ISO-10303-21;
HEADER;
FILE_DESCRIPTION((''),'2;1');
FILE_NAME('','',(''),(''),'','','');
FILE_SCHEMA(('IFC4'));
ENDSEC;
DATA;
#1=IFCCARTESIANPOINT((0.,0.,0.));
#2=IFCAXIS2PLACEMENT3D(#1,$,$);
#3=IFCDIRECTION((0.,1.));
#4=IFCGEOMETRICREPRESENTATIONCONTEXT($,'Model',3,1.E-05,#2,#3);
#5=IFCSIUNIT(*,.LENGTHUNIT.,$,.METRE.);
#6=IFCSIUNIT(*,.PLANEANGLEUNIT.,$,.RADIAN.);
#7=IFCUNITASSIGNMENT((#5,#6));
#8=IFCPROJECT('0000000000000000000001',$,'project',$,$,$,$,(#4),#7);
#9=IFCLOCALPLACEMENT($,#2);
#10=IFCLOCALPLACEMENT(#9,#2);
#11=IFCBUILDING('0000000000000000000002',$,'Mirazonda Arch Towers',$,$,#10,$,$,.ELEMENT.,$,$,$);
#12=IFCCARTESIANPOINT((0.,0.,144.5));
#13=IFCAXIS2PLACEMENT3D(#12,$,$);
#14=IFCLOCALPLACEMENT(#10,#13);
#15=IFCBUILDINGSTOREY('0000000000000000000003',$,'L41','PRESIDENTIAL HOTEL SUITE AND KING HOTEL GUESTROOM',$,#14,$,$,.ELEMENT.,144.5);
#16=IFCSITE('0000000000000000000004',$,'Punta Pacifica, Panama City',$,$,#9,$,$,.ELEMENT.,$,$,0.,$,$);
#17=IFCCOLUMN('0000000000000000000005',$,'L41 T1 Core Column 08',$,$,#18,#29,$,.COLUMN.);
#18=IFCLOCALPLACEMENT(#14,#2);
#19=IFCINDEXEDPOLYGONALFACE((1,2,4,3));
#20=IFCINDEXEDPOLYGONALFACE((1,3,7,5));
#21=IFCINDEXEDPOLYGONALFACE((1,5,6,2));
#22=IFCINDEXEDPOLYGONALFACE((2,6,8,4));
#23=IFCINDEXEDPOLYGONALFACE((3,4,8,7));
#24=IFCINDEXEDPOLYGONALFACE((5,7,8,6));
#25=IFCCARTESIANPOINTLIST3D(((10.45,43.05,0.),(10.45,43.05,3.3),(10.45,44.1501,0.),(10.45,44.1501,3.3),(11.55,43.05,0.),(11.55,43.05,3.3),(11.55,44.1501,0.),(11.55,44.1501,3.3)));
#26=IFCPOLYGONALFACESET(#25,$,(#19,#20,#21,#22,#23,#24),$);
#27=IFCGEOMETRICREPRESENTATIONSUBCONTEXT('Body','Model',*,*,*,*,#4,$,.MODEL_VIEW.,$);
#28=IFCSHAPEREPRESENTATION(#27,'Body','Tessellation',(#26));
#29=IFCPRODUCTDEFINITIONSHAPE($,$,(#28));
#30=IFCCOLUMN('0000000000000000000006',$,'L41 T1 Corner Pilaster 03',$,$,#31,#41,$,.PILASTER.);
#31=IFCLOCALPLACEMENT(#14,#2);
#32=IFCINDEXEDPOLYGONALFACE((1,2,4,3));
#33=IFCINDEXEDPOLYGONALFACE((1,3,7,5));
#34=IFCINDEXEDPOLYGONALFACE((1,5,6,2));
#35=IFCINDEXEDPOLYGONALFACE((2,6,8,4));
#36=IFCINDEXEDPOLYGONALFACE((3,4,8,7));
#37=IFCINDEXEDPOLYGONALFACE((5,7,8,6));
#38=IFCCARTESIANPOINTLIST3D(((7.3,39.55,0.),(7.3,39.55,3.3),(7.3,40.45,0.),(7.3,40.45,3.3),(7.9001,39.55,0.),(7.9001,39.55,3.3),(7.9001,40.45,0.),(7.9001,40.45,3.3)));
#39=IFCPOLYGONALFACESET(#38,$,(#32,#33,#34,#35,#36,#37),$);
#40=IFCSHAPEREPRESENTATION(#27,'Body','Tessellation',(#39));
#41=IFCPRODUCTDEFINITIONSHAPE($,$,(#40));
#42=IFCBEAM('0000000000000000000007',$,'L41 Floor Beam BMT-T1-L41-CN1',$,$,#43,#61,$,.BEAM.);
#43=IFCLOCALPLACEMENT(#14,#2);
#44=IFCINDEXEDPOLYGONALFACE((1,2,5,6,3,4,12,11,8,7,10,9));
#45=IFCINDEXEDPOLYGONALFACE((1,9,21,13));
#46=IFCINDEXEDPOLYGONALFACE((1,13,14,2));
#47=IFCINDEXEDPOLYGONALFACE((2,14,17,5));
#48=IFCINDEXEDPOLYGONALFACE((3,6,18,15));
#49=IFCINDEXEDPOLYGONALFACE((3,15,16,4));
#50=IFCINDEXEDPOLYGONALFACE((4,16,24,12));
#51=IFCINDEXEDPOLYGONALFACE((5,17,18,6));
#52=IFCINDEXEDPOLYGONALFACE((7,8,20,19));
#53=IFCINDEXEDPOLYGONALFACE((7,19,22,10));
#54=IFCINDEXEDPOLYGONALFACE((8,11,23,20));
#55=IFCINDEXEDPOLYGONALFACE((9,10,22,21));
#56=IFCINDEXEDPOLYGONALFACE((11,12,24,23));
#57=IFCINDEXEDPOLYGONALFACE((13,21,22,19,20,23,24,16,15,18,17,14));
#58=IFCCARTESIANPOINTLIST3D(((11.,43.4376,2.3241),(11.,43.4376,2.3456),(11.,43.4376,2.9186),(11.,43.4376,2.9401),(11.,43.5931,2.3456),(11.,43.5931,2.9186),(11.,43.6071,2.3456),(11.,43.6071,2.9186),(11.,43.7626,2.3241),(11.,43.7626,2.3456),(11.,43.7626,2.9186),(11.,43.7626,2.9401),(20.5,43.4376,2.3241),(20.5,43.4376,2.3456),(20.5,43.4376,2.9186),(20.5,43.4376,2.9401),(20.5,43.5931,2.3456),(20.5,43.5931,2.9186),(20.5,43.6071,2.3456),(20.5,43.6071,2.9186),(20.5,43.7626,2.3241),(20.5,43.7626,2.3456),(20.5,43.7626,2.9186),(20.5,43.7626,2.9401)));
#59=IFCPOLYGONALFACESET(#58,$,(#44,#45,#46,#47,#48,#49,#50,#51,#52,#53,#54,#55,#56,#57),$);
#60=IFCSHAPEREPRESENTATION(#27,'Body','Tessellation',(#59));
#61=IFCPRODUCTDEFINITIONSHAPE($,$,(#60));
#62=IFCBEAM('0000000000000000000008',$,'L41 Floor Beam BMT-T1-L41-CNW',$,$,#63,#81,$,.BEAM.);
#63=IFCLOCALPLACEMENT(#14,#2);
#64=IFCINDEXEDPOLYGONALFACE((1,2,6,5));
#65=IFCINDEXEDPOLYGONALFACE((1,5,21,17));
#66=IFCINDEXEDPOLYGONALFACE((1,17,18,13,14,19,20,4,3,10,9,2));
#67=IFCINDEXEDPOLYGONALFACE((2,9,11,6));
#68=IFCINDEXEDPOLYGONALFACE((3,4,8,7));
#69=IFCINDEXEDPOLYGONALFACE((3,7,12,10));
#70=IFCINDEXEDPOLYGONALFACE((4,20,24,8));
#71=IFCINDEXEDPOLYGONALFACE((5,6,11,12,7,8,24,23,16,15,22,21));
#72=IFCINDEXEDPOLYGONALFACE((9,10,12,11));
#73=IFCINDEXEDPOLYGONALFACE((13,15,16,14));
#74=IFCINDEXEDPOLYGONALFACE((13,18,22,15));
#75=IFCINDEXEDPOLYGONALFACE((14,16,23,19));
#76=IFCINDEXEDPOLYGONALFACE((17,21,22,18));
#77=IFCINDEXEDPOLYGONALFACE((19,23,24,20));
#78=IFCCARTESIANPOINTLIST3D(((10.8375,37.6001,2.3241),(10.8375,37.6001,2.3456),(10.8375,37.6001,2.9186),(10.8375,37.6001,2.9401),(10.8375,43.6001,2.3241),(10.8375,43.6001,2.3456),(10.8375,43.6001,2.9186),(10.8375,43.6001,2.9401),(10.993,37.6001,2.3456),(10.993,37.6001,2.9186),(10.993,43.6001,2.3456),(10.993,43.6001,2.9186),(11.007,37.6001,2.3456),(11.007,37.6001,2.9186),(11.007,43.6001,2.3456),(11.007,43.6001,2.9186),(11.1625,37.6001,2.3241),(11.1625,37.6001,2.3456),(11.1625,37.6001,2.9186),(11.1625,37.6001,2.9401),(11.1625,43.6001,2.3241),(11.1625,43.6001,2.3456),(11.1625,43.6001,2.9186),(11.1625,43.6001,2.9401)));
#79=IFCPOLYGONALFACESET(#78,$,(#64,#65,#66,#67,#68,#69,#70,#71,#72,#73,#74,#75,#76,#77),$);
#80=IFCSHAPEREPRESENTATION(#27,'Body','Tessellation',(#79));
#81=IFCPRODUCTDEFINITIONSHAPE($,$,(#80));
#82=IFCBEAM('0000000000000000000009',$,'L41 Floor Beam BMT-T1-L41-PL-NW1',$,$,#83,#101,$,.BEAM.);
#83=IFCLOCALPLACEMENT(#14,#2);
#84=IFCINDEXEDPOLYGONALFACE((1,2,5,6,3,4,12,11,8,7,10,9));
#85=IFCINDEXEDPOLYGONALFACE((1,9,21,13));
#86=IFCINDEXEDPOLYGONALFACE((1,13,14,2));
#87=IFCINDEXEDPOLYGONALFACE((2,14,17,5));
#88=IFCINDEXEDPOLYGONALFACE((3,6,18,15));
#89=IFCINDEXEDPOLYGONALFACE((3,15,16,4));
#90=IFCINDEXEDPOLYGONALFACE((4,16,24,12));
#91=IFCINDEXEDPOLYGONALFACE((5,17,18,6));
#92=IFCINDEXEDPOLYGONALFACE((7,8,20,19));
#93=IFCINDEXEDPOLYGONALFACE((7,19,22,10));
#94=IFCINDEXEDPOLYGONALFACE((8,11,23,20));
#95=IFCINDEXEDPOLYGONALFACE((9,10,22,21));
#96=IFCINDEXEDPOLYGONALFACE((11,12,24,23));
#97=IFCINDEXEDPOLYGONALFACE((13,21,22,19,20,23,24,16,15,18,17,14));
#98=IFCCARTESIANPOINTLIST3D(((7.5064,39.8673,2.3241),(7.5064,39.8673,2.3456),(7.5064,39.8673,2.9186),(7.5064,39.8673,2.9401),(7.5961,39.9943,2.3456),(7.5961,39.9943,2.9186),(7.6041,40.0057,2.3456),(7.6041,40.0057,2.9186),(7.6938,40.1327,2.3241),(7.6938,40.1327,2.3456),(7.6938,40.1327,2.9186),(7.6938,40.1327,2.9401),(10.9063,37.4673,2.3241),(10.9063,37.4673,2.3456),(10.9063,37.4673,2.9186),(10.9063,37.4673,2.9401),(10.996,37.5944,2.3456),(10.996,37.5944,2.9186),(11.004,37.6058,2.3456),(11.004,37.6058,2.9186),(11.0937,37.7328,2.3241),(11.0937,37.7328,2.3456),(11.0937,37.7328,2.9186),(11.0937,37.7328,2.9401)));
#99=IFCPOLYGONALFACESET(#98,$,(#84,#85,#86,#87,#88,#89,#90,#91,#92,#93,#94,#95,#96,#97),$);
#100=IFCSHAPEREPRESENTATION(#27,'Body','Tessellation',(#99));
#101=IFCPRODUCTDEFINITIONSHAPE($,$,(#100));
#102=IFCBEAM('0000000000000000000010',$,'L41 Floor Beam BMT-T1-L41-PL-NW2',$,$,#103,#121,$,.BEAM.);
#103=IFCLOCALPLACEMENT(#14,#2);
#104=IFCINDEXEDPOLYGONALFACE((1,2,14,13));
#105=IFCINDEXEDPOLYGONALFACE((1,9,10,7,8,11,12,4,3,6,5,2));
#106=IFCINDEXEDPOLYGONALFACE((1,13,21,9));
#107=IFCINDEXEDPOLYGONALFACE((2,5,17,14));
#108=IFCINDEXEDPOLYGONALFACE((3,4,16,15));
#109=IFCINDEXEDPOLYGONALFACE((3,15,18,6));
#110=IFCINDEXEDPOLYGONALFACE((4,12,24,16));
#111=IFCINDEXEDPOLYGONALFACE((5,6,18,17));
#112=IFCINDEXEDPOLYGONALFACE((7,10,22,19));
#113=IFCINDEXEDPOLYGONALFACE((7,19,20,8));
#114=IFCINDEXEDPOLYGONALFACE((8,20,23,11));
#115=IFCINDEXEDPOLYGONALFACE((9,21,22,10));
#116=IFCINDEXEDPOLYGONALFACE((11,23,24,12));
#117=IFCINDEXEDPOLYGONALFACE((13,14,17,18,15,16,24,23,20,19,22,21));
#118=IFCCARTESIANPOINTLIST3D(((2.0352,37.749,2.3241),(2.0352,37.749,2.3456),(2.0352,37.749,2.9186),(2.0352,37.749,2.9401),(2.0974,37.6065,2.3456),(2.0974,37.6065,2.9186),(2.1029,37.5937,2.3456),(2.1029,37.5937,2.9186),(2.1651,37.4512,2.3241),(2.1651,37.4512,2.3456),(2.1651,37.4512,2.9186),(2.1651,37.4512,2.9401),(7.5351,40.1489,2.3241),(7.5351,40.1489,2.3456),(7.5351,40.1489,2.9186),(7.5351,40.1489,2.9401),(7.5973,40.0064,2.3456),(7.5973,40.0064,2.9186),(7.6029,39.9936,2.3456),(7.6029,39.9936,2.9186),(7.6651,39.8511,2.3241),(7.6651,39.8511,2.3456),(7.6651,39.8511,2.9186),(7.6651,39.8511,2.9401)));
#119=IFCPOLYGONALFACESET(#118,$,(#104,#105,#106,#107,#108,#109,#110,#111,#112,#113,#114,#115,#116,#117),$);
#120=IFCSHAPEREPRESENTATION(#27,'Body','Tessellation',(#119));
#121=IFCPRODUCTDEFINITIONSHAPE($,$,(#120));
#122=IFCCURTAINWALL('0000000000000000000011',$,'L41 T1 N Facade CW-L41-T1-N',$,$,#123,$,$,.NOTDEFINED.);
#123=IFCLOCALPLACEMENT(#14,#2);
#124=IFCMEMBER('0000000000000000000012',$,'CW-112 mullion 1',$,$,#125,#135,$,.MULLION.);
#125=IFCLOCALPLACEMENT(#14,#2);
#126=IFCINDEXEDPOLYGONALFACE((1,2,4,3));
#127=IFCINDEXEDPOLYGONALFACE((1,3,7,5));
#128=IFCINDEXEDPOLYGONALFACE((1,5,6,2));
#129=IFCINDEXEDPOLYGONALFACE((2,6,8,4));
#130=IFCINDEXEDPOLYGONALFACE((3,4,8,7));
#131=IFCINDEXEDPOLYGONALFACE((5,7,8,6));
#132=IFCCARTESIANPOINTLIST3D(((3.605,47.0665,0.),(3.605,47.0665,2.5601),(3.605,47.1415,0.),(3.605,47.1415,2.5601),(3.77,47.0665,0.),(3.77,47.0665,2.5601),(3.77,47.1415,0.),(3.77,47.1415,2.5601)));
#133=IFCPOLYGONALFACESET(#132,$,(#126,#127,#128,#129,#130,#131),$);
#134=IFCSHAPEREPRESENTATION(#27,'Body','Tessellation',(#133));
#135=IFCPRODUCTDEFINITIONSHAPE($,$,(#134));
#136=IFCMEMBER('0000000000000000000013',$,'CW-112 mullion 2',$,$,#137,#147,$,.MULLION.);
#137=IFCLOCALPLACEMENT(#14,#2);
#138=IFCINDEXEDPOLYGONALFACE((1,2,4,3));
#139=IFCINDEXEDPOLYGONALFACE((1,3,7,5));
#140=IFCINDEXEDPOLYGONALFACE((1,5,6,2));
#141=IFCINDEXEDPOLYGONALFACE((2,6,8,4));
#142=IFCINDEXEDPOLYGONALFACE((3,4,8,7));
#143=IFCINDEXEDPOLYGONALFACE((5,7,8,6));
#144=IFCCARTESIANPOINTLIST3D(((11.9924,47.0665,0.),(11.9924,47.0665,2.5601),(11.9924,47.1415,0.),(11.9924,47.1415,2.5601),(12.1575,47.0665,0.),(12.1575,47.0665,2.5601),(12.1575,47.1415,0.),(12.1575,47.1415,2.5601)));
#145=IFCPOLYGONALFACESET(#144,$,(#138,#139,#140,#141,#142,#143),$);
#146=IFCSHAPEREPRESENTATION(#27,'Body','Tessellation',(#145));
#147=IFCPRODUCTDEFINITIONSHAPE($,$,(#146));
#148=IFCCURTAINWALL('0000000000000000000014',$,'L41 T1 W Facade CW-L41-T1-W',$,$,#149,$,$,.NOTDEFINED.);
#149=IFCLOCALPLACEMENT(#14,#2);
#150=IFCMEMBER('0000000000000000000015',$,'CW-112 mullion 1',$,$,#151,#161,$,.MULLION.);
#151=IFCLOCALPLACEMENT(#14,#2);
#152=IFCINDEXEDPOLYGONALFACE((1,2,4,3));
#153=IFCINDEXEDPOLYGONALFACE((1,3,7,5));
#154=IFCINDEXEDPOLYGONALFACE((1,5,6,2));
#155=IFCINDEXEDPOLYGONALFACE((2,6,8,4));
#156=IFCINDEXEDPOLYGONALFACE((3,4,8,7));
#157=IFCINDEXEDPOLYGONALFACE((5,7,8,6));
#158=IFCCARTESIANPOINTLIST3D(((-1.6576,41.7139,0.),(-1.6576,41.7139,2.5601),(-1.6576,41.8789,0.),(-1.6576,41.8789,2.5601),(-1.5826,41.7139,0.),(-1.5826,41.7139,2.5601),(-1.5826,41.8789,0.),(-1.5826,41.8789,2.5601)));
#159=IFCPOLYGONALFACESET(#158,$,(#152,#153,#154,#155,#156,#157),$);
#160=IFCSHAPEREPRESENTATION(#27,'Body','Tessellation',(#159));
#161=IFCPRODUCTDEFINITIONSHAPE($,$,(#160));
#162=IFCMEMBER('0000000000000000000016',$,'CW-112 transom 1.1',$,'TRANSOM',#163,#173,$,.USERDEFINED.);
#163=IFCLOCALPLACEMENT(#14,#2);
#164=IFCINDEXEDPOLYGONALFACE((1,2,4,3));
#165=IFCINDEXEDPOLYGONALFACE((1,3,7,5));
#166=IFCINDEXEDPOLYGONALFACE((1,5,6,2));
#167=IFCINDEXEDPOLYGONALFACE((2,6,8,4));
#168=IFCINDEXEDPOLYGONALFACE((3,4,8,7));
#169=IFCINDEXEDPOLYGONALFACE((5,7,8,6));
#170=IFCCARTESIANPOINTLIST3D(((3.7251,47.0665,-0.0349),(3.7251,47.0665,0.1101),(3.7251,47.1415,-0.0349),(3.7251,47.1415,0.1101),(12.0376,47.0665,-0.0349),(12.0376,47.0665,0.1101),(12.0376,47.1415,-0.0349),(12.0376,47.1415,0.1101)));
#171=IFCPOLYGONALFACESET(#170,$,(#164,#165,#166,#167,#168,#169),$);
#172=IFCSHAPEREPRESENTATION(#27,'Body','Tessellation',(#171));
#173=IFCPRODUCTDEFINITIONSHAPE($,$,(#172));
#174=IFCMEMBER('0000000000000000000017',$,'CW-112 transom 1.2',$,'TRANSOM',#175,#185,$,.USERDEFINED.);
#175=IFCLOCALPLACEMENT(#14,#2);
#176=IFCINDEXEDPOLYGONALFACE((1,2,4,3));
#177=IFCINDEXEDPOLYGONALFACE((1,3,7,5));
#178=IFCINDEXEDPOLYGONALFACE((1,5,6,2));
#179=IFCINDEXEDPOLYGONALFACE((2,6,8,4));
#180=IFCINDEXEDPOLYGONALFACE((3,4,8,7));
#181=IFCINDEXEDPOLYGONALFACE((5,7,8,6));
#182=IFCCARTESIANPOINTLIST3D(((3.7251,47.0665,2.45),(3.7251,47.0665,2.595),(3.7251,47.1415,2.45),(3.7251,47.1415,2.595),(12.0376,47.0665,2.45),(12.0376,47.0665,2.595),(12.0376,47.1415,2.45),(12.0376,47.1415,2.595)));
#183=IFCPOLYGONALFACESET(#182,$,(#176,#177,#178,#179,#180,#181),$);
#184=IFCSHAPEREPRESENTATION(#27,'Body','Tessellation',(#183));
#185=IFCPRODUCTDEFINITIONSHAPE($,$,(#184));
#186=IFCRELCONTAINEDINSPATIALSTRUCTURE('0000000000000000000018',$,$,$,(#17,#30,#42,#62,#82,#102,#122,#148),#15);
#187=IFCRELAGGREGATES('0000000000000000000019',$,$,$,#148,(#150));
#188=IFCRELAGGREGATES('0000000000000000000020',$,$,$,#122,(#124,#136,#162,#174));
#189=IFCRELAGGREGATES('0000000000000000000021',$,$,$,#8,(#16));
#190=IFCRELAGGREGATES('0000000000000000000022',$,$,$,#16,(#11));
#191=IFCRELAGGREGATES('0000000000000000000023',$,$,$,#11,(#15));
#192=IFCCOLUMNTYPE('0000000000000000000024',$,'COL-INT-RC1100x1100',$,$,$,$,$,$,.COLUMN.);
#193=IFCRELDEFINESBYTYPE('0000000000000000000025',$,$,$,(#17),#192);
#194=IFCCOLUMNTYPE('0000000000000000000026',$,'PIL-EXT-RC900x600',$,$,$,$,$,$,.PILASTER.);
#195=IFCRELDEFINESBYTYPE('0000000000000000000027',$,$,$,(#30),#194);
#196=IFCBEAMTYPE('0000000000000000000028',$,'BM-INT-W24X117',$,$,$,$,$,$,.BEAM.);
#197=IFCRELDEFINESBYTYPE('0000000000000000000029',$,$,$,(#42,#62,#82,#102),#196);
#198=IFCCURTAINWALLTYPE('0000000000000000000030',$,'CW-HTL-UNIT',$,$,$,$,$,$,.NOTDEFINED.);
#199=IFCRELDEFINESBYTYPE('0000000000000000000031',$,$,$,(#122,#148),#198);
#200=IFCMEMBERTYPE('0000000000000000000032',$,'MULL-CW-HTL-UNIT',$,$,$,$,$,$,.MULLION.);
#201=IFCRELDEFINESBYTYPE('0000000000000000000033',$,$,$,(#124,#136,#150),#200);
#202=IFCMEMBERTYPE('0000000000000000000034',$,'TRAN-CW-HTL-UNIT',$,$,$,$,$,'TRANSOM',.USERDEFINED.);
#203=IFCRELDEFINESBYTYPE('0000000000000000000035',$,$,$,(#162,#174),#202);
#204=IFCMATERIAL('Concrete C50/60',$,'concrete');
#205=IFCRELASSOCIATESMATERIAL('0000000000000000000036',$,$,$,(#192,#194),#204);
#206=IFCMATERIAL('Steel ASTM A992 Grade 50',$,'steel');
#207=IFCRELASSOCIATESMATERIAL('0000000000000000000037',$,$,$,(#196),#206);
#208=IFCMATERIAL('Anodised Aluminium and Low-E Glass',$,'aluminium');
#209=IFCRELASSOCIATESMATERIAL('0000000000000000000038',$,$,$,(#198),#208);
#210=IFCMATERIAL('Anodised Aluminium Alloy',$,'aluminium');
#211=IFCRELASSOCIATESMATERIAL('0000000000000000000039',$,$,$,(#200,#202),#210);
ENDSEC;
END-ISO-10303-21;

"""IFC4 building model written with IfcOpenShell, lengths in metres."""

from ifc_helpers import new_model, si_unit, direction, frame, origin, origin_2d, place, context, subcontext, project, spatial, rectangle, i_section, extrude, material, material_profile, profile_set, type_object, element, aggregate, save


model = new_model("IFC4")

# Units and contexts
model_context = context("Model", 3, precision=1e-05, world=origin(), true_north=direction((0.0, 1.0)))
body_context = subcontext(model_context, "Body", "Model", "MODEL_VIEW")
ifc_project = project(units=[si_unit("LENGTHUNIT", "METRE"), si_unit("PLANEANGLEUNIT", "RADIAN")], contexts=[model_context])

# Site, building, storey
site_placement = place(None, origin())
site = spatial("IfcSite", under=ifc_project, at=site_placement, Name="Punta Pacifica, Panama City", CompositionType="ELEMENT", RefElevation=0.0)
building_placement = place(site_placement, origin())
building = spatial("IfcBuilding", under=site, at=building_placement, Name="Mirazonda Arch Towers", CompositionType="ELEMENT")
storey_placement = place(building_placement, frame((0.0, 0.0, 144.5)))
storey = spatial("IfcBuildingStorey", under=building, at=storey_placement, Name="L41", Description="PRESIDENTIAL HOTEL SUITE AND KING HOTEL GUESTROOM", CompositionType="ELEMENT", Elevation=144.5)

# Columns
ifc_material_1 = material(Name="Concrete C50/60", Category="concrete")
ifc_material_profile_1 = material_profile(ifc_material_1, rectangle(XDim=1.1001, YDim=1.1001, at=origin_2d()), Name="RC1100x1100")
ifc_profile_set_1 = profile_set([ifc_material_profile_1], Name="Concrete C50/60")
column_type_1 = type_object("IfcColumnType", Name="COL-INT-RC1100x1100", PredefinedType="COLUMN", material=ifc_profile_set_1)
column_1_placement = place(storey_placement, frame((11.0, 43.6001, 0.0), z_axis=(0.0, 0.0, 1.0), x_axis=(1.0, 0.0, 0.0)))
element("IfcColumn", 1, at=column_1_placement, inside=storey, type_object=column_type_1, Name="L41 T1 Core Column 08", PredefinedType="COLUMN", context=body_context, shape_type="SweptSolid", body=[
    extrude(rectangle(XDim=1.1001, YDim=1.1001, at=origin_2d()), origin(), (0.0, 0.0, 1.0), 3.3),
])
ifc_material_profile_2 = material_profile(ifc_material_1, rectangle(XDim=0.6001, YDim=0.8999, at=origin_2d()), Name="RC900x600")
ifc_profile_set_2 = profile_set([ifc_material_profile_2], Name="Concrete C50/60")
column_type_2 = type_object("IfcColumnType", Name="PIL-EXT-RC900x600", PredefinedType="PILASTER", material=ifc_profile_set_2)
column_2_placement = place(storey_placement, frame((7.6001, 40.0, 0.0), z_axis=(0.0, 0.0, 1.0), x_axis=(1.0, 0.0, 0.0)))
element("IfcColumn", 2, at=column_2_placement, inside=storey, type_object=column_type_2, Name="L41 T1 Corner Pilaster 03", PredefinedType="PILASTER", context=body_context, shape_type="SweptSolid", body=[
    extrude(rectangle(XDim=0.6001, YDim=0.8999, at=origin_2d()), origin(), (0.0, 0.0, 1.0), 3.3),
])

# Beams
ifc_material_2 = material(Name="Steel ASTM A992 Grade 50", Category="steel")
ifc_material_profile_3 = material_profile(ifc_material_2, i_section(OverallWidth=0.325, OverallDepth=0.616, WebThickness=0.0139, FlangeThickness=0.0215, at=origin_2d()), Name="W24X117")
ifc_profile_set_3 = profile_set([ifc_material_profile_3], Name="Steel ASTM A992 Grade 50")
beam_type = type_object("IfcBeamType", Name="BM-INT-W24X117", PredefinedType="BEAM", material=ifc_profile_set_3)
beam_1_placement = place(storey_placement, frame((11.0, 43.6001, 2.6321), z_axis=(1.0, 0.0, 0.0), x_axis=(0.0, 1.0, 0.0)))
element("IfcBeam", 3, at=beam_1_placement, inside=storey, type_object=beam_type, Name="L41 Floor Beam BMT-T1-L41-CN1", PredefinedType="BEAM", context=body_context, shape_type="SweptSolid", body=[
    extrude(i_section(OverallWidth=0.325, OverallDepth=0.616, WebThickness=0.0139, FlangeThickness=0.0215, at=origin_2d()), origin(), (0.0, 0.0, 1.0), 9.5),
])
beam_2_placement = place(storey_placement, frame((11.0, 37.6001, 2.6321), z_axis=(0.0, 1.0, 0.0), x_axis=(-1.0, 0.0, 0.0)))
element("IfcBeam", 4, at=beam_2_placement, inside=storey, type_object=beam_type, Name="L41 Floor Beam BMT-T1-L41-CNW", PredefinedType="BEAM", context=body_context, shape_type="SweptSolid", body=[
    extrude(i_section(OverallWidth=0.325, OverallDepth=0.616, WebThickness=0.0139, FlangeThickness=0.0215, at=origin_2d()), origin(), (0.0, 0.0, 1.0), 6.0),
])
beam_3_placement = place(storey_placement, frame((7.6001, 40.0, 2.6321), z_axis=(0.816971, -0.576679, 0.0), x_axis=(0.576679, 0.816971, 0.0)))
element("IfcBeam", 5, at=beam_3_placement, inside=storey, type_object=beam_type, Name="L41 Floor Beam BMT-T1-L41-PL-NW1", PredefinedType="BEAM", context=body_context, shape_type="SweptSolid", body=[
    extrude(i_section(OverallWidth=0.325, OverallDepth=0.616, WebThickness=0.0139, FlangeThickness=0.0215, at=origin_2d()), origin(), (0.0, 0.0, 1.0), 4.1616),
])
beam_4_placement = place(storey_placement, frame((7.6001, 40.0, 2.6321), z_axis=(-0.916545, -0.399931, 0.0), x_axis=(0.399931, -0.916545, 0.0)))
element("IfcBeam", 6, at=beam_4_placement, inside=storey, type_object=beam_type, Name="L41 Floor Beam BMT-T1-L41-PL-NW2", PredefinedType="BEAM", context=body_context, shape_type="SweptSolid", body=[
    extrude(i_section(OverallWidth=0.325, OverallDepth=0.616, WebThickness=0.0139, FlangeThickness=0.0215, at=origin_2d()), origin(), (0.0, 0.0, 1.0), 6.0007),
])

# Curtain wall, members
ifc_material_3 = material(Name="Anodised Aluminium and Low-E Glass", Category="aluminium")
curtain_wall_type = type_object("IfcCurtainWallType", Name="CW-HTL-UNIT", PredefinedType="NOTDEFINED", material=ifc_material_3)
curtain_wall_1_placement = place(storey_placement, origin())
curtain_wall_1 = element("IfcCurtainWall", 7, at=curtain_wall_1_placement, inside=storey, type_object=curtain_wall_type, Name="L41 T1 N Facade CW-L41-T1-N", PredefinedType="NOTDEFINED")
ifc_material_4 = material(Name="Anodised Aluminium Alloy", Category="aluminium")
ifc_material_profile_4 = material_profile(ifc_material_4, rectangle(XDim=0.075, YDim=0.165, at=origin_2d()), Name="ALU-MULL-75x165")
ifc_profile_set_4 = profile_set([ifc_material_profile_4], Name="Anodised Aluminium Alloy")
member_type_1 = type_object("IfcMemberType", Name="MULL-CW-HTL-UNIT", PredefinedType="MULLION", material=ifc_profile_set_4)
member_1_placement = place(storey_placement, frame((3.6875, 47.104, 0.0), z_axis=(0.0, 0.0, 1.0), x_axis=(0.0, 1.0, 0.0)))
member_1 = element("IfcMember", 8, at=member_1_placement, type_object=member_type_1, Name="CW-112 mullion 1", PredefinedType="MULLION", context=body_context, shape_type="SweptSolid", body=[
    extrude(rectangle(XDim=0.075, YDim=0.165, at=origin_2d()), origin(), (0.0, 0.0, 1.0), 2.5601),
])
member_2_placement = place(storey_placement, frame((12.075, 47.104, 0.0), z_axis=(0.0, 0.0, 1.0), x_axis=(0.0, 1.0, 0.0)))
member_2 = element("IfcMember", 9, at=member_2_placement, type_object=member_type_1, Name="CW-112 mullion 2", PredefinedType="MULLION", context=body_context, shape_type="SweptSolid", body=[
    extrude(rectangle(XDim=0.075, YDim=0.165, at=origin_2d()), origin(), (0.0, 0.0, 1.0), 2.5601),
])

# Curtain wall, member
curtain_wall_2_placement = place(storey_placement, origin())
curtain_wall_2 = element("IfcCurtainWall", 10, at=curtain_wall_2_placement, inside=storey, type_object=curtain_wall_type, Name="L41 T1 W Facade CW-L41-T1-W", PredefinedType="NOTDEFINED")
member_3_placement = place(storey_placement, frame((-1.6201, 41.7964, 0.0), z_axis=(0.0, 0.0, 1.0), x_axis=(1.0, 0.0, 0.0)))
member_3 = element("IfcMember", 11, at=member_3_placement, type_object=member_type_1, Name="CW-112 mullion 1", PredefinedType="MULLION", context=body_context, shape_type="SweptSolid", body=[
    extrude(rectangle(XDim=0.075, YDim=0.165, at=origin_2d()), origin(), (0.0, 0.0, 1.0), 2.5601),
])

# Members
ifc_material_profile_5 = material_profile(ifc_material_4, rectangle(XDim=0.075, YDim=0.145, at=origin_2d()), Name="ALU-TRAN-75x145")
ifc_profile_set_5 = profile_set([ifc_material_profile_5], Name="Anodised Aluminium Alloy")
member_type_2 = type_object("IfcMemberType", Name="TRAN-CW-HTL-UNIT", ElementType="TRANSOM", PredefinedType="USERDEFINED", material=ifc_profile_set_5)
member_4_placement = place(storey_placement, frame((3.7251, 47.104, 0.0376), z_axis=(1.0, 0.0, 0.0), x_axis=(0.0, 1.0, 0.0)))
member_4 = element("IfcMember", 12, at=member_4_placement, type_object=member_type_2, Name="CW-112 transom 1.1", ObjectType="TRANSOM", PredefinedType="USERDEFINED", context=body_context, shape_type="SweptSolid", body=[
    extrude(rectangle(XDim=0.075, YDim=0.145, at=origin_2d()), origin(), (0.0, 0.0, 1.0), 8.3125),
])
member_5_placement = place(storey_placement, frame((3.7251, 47.104, 2.5225), z_axis=(1.0, 0.0, 0.0), x_axis=(0.0, 1.0, 0.0)))
member_5 = element("IfcMember", 13, at=member_5_placement, type_object=member_type_2, Name="CW-112 transom 1.2", ObjectType="TRANSOM", PredefinedType="USERDEFINED", context=body_context, shape_type="SweptSolid", body=[
    extrude(rectangle(XDim=0.075, YDim=0.145, at=origin_2d()), origin(), (0.0, 0.0, 1.0), 8.3125),
])
aggregate(curtain_wall_2, [member_3])

aggregate(curtain_wall_1, [member_1, member_2, member_4, member_5])

save(model, "model.ifc")
